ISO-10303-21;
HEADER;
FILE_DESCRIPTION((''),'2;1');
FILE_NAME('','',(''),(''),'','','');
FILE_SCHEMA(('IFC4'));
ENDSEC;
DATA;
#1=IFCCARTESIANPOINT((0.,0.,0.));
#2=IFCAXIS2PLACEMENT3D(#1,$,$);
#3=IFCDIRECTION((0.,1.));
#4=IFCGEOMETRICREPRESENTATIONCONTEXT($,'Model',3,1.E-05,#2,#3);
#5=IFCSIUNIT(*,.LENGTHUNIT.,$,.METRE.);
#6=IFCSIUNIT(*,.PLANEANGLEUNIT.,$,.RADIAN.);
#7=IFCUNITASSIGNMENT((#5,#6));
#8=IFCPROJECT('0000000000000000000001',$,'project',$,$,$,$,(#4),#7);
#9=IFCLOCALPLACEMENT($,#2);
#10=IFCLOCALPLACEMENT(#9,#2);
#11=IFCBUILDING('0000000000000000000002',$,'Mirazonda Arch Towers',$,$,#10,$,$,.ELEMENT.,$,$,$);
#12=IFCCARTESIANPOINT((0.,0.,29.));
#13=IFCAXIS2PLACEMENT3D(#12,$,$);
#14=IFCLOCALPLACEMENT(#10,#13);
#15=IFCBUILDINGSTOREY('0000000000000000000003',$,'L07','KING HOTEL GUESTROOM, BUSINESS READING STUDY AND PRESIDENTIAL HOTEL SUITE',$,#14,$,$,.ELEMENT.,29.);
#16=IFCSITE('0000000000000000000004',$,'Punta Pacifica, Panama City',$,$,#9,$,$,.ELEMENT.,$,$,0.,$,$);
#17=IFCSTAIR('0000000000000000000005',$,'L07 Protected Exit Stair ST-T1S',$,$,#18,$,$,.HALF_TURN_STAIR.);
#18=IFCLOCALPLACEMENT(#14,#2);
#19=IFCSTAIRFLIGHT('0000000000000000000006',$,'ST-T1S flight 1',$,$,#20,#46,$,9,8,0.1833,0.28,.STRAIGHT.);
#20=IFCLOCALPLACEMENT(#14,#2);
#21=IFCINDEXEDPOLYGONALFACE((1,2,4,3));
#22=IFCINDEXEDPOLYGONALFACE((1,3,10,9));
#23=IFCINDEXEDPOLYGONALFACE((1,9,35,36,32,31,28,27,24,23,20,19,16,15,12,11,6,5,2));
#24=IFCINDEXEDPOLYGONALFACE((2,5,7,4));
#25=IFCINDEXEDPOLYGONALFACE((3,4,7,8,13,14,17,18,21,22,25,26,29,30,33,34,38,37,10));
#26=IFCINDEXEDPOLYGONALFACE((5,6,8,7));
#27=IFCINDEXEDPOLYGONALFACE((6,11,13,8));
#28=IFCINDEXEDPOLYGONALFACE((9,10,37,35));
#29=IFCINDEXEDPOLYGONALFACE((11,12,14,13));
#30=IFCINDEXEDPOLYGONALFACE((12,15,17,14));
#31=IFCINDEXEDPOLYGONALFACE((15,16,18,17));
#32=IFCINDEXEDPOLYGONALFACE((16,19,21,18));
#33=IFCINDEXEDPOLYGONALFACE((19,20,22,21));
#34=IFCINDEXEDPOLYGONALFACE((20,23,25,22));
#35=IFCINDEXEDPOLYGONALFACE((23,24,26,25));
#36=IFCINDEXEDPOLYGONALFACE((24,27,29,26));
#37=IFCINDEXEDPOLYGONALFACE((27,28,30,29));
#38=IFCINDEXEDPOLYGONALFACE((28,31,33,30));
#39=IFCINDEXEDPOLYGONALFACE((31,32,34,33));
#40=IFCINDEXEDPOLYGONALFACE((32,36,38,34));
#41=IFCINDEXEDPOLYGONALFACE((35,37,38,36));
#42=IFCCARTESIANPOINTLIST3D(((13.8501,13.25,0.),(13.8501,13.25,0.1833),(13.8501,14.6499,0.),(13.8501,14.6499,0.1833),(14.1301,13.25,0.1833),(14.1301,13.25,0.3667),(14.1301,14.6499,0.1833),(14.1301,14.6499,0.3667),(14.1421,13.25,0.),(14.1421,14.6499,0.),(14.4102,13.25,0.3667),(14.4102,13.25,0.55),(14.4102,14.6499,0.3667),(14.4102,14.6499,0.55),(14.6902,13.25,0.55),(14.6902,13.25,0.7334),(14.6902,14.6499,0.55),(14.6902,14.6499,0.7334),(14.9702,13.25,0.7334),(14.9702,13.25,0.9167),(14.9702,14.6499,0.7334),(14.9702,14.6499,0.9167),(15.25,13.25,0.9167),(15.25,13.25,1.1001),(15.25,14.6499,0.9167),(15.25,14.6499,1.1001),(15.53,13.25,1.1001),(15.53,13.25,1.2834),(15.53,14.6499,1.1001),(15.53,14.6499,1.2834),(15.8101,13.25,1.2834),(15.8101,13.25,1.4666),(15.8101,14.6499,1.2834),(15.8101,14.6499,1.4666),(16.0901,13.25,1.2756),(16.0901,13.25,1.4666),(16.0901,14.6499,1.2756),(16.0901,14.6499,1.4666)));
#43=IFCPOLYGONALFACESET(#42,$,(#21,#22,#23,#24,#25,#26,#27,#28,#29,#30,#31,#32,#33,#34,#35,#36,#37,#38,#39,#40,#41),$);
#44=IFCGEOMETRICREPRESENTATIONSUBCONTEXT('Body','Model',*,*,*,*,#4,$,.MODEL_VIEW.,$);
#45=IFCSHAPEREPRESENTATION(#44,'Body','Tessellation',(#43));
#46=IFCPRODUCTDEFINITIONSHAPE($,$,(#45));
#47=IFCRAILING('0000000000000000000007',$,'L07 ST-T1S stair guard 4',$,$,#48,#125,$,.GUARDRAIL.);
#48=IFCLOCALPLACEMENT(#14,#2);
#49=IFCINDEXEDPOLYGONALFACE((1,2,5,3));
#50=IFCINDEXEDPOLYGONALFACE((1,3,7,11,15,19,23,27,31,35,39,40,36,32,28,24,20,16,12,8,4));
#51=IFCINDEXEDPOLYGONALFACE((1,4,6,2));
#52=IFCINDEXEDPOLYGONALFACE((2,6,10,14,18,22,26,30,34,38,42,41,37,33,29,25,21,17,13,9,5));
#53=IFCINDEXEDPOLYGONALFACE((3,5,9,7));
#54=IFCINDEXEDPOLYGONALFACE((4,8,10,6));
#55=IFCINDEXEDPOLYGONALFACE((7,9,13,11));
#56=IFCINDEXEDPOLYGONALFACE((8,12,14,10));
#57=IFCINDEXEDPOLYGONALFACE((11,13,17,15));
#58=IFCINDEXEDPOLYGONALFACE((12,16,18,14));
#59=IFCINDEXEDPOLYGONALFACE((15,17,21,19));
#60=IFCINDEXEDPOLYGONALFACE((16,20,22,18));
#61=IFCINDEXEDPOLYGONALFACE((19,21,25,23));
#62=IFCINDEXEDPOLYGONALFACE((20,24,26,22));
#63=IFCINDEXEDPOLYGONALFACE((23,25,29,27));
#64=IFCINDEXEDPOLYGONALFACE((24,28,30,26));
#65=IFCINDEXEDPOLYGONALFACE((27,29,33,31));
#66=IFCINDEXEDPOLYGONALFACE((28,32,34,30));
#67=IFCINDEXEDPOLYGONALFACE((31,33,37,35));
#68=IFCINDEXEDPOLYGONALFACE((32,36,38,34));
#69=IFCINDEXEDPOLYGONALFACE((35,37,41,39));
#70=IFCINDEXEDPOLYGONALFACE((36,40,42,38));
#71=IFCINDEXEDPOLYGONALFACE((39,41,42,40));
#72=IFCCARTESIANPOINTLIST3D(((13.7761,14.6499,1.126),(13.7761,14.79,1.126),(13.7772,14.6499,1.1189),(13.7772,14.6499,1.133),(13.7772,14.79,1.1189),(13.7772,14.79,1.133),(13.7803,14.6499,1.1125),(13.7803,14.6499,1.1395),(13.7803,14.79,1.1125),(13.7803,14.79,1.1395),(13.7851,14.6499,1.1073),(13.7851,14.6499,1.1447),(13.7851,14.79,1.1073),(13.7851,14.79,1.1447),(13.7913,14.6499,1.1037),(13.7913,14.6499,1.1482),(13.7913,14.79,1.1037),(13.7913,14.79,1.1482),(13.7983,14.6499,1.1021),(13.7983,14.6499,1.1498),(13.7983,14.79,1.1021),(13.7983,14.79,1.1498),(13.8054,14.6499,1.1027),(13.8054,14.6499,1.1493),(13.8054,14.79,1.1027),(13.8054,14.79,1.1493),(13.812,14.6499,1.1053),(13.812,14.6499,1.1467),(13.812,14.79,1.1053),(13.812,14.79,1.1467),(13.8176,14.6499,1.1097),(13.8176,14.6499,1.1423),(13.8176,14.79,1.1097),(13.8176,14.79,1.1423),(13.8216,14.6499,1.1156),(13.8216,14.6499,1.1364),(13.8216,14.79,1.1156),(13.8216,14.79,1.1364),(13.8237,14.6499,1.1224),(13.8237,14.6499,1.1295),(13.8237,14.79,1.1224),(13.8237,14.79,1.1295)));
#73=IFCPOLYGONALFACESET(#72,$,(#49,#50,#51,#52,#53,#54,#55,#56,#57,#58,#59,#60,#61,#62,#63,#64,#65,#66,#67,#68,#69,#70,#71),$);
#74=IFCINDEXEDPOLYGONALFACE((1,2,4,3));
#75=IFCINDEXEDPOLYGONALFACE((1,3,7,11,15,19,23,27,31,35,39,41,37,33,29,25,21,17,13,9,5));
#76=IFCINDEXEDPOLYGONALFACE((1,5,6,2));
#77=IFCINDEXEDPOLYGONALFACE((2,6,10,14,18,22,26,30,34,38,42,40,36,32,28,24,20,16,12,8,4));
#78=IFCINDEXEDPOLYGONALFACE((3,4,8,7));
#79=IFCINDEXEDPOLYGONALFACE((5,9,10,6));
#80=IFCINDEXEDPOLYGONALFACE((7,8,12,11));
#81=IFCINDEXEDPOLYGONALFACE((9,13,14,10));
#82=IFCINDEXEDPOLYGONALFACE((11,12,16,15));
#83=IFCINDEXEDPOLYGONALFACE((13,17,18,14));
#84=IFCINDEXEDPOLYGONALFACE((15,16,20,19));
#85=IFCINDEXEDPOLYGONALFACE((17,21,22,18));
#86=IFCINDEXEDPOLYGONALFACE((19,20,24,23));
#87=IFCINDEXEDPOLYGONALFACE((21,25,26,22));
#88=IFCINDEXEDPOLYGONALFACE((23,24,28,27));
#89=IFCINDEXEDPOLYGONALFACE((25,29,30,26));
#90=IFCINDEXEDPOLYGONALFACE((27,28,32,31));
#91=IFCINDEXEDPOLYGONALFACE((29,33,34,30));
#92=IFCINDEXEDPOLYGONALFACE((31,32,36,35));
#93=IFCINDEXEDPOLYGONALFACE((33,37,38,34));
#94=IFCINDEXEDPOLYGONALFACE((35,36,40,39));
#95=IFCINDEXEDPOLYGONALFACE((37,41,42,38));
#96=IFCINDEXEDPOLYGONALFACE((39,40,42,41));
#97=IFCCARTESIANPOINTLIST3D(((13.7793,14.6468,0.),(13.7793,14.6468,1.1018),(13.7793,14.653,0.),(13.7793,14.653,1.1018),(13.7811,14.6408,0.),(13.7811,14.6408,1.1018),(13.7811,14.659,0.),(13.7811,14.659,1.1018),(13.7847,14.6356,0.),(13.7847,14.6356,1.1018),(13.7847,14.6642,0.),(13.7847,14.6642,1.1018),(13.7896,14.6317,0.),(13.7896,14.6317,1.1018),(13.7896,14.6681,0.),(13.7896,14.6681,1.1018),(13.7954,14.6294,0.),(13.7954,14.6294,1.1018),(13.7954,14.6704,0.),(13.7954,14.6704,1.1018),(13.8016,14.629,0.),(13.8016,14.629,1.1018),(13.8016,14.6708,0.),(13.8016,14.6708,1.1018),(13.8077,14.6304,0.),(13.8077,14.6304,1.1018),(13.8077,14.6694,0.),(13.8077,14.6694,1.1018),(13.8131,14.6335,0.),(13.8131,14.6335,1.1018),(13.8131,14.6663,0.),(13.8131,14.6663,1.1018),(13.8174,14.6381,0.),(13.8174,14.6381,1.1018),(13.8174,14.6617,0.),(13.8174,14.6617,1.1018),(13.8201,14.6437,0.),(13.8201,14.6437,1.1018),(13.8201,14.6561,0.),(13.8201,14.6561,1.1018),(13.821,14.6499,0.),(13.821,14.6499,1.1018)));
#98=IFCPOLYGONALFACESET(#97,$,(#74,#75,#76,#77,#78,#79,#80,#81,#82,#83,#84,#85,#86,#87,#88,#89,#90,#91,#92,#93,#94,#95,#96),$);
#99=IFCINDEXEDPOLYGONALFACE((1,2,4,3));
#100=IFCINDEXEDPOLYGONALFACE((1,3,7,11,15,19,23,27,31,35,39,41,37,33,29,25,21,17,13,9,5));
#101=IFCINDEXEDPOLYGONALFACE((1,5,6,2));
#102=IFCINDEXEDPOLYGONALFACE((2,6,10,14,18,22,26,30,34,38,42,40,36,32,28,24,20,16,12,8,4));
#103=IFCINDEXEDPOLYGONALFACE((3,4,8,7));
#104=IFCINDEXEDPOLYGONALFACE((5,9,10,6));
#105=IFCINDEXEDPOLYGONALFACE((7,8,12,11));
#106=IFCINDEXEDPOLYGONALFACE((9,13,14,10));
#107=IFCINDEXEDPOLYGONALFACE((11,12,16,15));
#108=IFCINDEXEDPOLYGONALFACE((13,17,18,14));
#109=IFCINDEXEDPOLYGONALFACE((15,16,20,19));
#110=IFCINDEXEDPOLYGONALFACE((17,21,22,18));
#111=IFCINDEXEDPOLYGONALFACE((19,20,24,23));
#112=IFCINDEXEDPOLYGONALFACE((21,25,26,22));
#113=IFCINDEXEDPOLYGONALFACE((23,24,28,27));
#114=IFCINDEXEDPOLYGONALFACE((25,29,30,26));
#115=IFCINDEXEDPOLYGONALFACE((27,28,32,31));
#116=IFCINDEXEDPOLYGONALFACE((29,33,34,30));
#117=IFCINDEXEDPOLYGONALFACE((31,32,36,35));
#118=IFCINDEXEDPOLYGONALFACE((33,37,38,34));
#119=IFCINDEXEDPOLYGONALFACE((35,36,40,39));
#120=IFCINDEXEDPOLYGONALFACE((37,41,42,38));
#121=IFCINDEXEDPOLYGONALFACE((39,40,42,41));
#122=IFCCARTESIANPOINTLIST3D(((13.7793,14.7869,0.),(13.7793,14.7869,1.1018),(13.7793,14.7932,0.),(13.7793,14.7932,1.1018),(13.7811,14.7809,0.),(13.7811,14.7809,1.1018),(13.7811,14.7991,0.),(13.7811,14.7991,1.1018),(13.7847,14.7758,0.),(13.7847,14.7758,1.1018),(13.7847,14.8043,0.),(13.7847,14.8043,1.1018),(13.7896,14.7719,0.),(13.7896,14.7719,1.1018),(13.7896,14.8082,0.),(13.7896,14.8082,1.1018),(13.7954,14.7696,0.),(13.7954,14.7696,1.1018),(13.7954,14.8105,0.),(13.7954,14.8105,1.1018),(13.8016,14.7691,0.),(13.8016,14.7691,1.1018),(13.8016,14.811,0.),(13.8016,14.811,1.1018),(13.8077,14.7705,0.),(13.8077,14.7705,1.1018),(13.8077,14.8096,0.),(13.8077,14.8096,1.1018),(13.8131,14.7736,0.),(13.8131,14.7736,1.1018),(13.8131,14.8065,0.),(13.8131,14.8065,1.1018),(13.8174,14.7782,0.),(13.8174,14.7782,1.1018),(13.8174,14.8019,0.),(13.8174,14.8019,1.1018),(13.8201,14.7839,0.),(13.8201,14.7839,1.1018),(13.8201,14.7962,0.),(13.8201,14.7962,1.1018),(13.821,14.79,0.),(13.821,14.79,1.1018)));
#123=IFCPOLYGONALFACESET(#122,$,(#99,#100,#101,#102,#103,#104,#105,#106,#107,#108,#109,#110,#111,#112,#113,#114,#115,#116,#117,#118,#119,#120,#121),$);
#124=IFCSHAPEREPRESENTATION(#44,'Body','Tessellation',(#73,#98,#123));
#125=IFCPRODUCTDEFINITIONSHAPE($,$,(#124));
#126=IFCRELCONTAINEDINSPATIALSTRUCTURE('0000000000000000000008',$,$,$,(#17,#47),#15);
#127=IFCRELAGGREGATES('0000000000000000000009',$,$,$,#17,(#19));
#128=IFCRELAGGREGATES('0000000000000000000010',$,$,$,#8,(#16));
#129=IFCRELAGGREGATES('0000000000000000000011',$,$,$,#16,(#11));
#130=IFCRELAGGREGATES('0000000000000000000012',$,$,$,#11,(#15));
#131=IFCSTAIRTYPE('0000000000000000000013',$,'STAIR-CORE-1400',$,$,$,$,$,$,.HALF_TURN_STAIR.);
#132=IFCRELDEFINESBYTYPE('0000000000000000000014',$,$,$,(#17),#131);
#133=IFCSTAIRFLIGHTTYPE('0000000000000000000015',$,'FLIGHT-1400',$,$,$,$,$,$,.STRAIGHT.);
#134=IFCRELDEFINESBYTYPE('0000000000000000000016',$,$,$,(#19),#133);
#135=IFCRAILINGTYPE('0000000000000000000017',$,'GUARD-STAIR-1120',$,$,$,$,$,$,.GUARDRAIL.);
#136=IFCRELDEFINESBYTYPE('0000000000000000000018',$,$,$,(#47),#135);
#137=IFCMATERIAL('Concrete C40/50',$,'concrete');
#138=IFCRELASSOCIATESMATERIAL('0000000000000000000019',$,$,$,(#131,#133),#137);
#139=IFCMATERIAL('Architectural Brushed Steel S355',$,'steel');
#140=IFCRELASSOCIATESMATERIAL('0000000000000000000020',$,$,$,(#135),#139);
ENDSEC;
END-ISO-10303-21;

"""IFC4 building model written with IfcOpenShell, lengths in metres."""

from ifc_helpers import new_model, si_unit, direction, frame, origin, origin_2d, place, context, subcontext, project, spatial, polyline, circle, outline, extrude, material, type_object, element, aggregate, save


model = new_model("IFC4")

# Units and contexts
model_context = context("Model", 3, precision=1e-05, world=origin(), true_north=direction((0.0, 1.0)))
body_context = subcontext(model_context, "Body", "Model", "MODEL_VIEW")
ifc_project = project(units=[si_unit("LENGTHUNIT", "METRE"), si_unit("PLANEANGLEUNIT", "RADIAN")], contexts=[model_context])

# Site, building, storey
site_placement = place(None, origin())
site = spatial("IfcSite", under=ifc_project, at=site_placement, Name="Punta Pacifica, Panama City", CompositionType="ELEMENT", RefElevation=0.0)
building_placement = place(site_placement, origin())
building = spatial("IfcBuilding", under=site, at=building_placement, Name="Mirazonda Arch Towers", CompositionType="ELEMENT")
storey_placement = place(building_placement, frame((0.0, 0.0, 29.0)))
storey = spatial("IfcBuildingStorey", under=building, at=storey_placement, Name="L07", Description="KING HOTEL GUESTROOM, BUSINESS READING STUDY AND PRESIDENTIAL HOTEL SUITE", CompositionType="ELEMENT", Elevation=29.0)

# Stair
ifc_material_1 = material(Name="Concrete C40/50", Category="concrete")
stair_type = type_object("IfcStairType", Name="STAIR-CORE-1400", PredefinedType="HALF_TURN_STAIR", material=ifc_material_1)
stair_1_placement = place(storey_placement, origin())
stair_1 = element("IfcStair", 1, at=stair_1_placement, inside=storey, type_object=stair_type, Name="L07 Protected Exit Stair ST-T1S", PredefinedType="HALF_TURN_STAIR")

# Shared definitions
ifc_material_2 = material(Name="Architectural Brushed Steel S355", Category="steel")

# Stair flight
stair_flight_type = type_object("IfcStairFlightType", Name="FLIGHT-1400", PredefinedType="STRAIGHT", material=ifc_material_1)
stair_flight_placement = place(storey_placement, frame((13.8501, 13.95, 0.0), z_axis=(0.0, 0.0, 1.0), x_axis=(1.0, 0.0, 0.0)))
stair_flight = element("IfcStairFlight", 2, at=stair_flight_placement, type_object=stair_flight_type, Name="ST-T1S flight 1", NumberOfRisers=9, NumberOfTreads=8, PredefinedType="STRAIGHT", RiserHeight=0.1833, TreadLength=0.28, context=body_context, shape_type="SweptSolid", body=[
    extrude(outline(polyline([(0.0, 0.0), (0.0, 0.1833), (0.28, 0.1833), (0.28, 0.3667), (0.5601, 0.3667), (0.5601, 0.55), (0.8401, 0.55), (0.8401, 0.7334), (1.1201, 0.7334), (1.1201, 0.9167), (1.3999, 0.9167), (1.3999, 1.1001), (1.6799, 1.1001), (1.6799, 1.2834), (1.96, 1.2834), (1.96, 1.4666), (2.24, 1.4666), (2.24, 1.6499), (2.24, 1.2756), (0.292, 0.0), (0.0, 0.0)])), frame((0.0, 0.7, 0.0), z_axis=(0.0, -1.0, 0.0), x_axis=(1.0, 0.0, 0.0)), (0.0, 0.0, 1.0), 1.3999),
])
aggregate(stair_1, [stair_flight])

# Railing
railing_type_1 = type_object("IfcRailingType", Name="GUARD-STAIR-1120", PredefinedType="GUARDRAIL", material=ifc_material_2)
railing_1_placement = place(storey_placement, frame((13.8, 14.6499, 0.0)))
element("IfcRailing", 3, at=railing_1_placement, inside=storey, type_object=railing_type_1, Name="L07 ST-T1S stair guard 4", PredefinedType="GUARDRAIL", context=body_context, shape_type="SweptSolid", body=[
    extrude(circle(Radius=0.0239, at=origin_2d()), frame((0.0, 0.0, 1.126), z_axis=(0.0, 1.0, 0.0), x_axis=(-1.0, 0.0, 0.0)), (0.0, 0.0, 1.0), 0.1401),
    extrude(circle(Radius=0.021, at=origin_2d()), origin(), (0.0, 0.0, 1.0), 1.1018),
    extrude(circle(Radius=0.021, at=origin_2d()), frame((0.0, 0.1401, 0.0)), (0.0, 0.0, 1.0), 1.1018),
])

save(model, "model.ifc")
